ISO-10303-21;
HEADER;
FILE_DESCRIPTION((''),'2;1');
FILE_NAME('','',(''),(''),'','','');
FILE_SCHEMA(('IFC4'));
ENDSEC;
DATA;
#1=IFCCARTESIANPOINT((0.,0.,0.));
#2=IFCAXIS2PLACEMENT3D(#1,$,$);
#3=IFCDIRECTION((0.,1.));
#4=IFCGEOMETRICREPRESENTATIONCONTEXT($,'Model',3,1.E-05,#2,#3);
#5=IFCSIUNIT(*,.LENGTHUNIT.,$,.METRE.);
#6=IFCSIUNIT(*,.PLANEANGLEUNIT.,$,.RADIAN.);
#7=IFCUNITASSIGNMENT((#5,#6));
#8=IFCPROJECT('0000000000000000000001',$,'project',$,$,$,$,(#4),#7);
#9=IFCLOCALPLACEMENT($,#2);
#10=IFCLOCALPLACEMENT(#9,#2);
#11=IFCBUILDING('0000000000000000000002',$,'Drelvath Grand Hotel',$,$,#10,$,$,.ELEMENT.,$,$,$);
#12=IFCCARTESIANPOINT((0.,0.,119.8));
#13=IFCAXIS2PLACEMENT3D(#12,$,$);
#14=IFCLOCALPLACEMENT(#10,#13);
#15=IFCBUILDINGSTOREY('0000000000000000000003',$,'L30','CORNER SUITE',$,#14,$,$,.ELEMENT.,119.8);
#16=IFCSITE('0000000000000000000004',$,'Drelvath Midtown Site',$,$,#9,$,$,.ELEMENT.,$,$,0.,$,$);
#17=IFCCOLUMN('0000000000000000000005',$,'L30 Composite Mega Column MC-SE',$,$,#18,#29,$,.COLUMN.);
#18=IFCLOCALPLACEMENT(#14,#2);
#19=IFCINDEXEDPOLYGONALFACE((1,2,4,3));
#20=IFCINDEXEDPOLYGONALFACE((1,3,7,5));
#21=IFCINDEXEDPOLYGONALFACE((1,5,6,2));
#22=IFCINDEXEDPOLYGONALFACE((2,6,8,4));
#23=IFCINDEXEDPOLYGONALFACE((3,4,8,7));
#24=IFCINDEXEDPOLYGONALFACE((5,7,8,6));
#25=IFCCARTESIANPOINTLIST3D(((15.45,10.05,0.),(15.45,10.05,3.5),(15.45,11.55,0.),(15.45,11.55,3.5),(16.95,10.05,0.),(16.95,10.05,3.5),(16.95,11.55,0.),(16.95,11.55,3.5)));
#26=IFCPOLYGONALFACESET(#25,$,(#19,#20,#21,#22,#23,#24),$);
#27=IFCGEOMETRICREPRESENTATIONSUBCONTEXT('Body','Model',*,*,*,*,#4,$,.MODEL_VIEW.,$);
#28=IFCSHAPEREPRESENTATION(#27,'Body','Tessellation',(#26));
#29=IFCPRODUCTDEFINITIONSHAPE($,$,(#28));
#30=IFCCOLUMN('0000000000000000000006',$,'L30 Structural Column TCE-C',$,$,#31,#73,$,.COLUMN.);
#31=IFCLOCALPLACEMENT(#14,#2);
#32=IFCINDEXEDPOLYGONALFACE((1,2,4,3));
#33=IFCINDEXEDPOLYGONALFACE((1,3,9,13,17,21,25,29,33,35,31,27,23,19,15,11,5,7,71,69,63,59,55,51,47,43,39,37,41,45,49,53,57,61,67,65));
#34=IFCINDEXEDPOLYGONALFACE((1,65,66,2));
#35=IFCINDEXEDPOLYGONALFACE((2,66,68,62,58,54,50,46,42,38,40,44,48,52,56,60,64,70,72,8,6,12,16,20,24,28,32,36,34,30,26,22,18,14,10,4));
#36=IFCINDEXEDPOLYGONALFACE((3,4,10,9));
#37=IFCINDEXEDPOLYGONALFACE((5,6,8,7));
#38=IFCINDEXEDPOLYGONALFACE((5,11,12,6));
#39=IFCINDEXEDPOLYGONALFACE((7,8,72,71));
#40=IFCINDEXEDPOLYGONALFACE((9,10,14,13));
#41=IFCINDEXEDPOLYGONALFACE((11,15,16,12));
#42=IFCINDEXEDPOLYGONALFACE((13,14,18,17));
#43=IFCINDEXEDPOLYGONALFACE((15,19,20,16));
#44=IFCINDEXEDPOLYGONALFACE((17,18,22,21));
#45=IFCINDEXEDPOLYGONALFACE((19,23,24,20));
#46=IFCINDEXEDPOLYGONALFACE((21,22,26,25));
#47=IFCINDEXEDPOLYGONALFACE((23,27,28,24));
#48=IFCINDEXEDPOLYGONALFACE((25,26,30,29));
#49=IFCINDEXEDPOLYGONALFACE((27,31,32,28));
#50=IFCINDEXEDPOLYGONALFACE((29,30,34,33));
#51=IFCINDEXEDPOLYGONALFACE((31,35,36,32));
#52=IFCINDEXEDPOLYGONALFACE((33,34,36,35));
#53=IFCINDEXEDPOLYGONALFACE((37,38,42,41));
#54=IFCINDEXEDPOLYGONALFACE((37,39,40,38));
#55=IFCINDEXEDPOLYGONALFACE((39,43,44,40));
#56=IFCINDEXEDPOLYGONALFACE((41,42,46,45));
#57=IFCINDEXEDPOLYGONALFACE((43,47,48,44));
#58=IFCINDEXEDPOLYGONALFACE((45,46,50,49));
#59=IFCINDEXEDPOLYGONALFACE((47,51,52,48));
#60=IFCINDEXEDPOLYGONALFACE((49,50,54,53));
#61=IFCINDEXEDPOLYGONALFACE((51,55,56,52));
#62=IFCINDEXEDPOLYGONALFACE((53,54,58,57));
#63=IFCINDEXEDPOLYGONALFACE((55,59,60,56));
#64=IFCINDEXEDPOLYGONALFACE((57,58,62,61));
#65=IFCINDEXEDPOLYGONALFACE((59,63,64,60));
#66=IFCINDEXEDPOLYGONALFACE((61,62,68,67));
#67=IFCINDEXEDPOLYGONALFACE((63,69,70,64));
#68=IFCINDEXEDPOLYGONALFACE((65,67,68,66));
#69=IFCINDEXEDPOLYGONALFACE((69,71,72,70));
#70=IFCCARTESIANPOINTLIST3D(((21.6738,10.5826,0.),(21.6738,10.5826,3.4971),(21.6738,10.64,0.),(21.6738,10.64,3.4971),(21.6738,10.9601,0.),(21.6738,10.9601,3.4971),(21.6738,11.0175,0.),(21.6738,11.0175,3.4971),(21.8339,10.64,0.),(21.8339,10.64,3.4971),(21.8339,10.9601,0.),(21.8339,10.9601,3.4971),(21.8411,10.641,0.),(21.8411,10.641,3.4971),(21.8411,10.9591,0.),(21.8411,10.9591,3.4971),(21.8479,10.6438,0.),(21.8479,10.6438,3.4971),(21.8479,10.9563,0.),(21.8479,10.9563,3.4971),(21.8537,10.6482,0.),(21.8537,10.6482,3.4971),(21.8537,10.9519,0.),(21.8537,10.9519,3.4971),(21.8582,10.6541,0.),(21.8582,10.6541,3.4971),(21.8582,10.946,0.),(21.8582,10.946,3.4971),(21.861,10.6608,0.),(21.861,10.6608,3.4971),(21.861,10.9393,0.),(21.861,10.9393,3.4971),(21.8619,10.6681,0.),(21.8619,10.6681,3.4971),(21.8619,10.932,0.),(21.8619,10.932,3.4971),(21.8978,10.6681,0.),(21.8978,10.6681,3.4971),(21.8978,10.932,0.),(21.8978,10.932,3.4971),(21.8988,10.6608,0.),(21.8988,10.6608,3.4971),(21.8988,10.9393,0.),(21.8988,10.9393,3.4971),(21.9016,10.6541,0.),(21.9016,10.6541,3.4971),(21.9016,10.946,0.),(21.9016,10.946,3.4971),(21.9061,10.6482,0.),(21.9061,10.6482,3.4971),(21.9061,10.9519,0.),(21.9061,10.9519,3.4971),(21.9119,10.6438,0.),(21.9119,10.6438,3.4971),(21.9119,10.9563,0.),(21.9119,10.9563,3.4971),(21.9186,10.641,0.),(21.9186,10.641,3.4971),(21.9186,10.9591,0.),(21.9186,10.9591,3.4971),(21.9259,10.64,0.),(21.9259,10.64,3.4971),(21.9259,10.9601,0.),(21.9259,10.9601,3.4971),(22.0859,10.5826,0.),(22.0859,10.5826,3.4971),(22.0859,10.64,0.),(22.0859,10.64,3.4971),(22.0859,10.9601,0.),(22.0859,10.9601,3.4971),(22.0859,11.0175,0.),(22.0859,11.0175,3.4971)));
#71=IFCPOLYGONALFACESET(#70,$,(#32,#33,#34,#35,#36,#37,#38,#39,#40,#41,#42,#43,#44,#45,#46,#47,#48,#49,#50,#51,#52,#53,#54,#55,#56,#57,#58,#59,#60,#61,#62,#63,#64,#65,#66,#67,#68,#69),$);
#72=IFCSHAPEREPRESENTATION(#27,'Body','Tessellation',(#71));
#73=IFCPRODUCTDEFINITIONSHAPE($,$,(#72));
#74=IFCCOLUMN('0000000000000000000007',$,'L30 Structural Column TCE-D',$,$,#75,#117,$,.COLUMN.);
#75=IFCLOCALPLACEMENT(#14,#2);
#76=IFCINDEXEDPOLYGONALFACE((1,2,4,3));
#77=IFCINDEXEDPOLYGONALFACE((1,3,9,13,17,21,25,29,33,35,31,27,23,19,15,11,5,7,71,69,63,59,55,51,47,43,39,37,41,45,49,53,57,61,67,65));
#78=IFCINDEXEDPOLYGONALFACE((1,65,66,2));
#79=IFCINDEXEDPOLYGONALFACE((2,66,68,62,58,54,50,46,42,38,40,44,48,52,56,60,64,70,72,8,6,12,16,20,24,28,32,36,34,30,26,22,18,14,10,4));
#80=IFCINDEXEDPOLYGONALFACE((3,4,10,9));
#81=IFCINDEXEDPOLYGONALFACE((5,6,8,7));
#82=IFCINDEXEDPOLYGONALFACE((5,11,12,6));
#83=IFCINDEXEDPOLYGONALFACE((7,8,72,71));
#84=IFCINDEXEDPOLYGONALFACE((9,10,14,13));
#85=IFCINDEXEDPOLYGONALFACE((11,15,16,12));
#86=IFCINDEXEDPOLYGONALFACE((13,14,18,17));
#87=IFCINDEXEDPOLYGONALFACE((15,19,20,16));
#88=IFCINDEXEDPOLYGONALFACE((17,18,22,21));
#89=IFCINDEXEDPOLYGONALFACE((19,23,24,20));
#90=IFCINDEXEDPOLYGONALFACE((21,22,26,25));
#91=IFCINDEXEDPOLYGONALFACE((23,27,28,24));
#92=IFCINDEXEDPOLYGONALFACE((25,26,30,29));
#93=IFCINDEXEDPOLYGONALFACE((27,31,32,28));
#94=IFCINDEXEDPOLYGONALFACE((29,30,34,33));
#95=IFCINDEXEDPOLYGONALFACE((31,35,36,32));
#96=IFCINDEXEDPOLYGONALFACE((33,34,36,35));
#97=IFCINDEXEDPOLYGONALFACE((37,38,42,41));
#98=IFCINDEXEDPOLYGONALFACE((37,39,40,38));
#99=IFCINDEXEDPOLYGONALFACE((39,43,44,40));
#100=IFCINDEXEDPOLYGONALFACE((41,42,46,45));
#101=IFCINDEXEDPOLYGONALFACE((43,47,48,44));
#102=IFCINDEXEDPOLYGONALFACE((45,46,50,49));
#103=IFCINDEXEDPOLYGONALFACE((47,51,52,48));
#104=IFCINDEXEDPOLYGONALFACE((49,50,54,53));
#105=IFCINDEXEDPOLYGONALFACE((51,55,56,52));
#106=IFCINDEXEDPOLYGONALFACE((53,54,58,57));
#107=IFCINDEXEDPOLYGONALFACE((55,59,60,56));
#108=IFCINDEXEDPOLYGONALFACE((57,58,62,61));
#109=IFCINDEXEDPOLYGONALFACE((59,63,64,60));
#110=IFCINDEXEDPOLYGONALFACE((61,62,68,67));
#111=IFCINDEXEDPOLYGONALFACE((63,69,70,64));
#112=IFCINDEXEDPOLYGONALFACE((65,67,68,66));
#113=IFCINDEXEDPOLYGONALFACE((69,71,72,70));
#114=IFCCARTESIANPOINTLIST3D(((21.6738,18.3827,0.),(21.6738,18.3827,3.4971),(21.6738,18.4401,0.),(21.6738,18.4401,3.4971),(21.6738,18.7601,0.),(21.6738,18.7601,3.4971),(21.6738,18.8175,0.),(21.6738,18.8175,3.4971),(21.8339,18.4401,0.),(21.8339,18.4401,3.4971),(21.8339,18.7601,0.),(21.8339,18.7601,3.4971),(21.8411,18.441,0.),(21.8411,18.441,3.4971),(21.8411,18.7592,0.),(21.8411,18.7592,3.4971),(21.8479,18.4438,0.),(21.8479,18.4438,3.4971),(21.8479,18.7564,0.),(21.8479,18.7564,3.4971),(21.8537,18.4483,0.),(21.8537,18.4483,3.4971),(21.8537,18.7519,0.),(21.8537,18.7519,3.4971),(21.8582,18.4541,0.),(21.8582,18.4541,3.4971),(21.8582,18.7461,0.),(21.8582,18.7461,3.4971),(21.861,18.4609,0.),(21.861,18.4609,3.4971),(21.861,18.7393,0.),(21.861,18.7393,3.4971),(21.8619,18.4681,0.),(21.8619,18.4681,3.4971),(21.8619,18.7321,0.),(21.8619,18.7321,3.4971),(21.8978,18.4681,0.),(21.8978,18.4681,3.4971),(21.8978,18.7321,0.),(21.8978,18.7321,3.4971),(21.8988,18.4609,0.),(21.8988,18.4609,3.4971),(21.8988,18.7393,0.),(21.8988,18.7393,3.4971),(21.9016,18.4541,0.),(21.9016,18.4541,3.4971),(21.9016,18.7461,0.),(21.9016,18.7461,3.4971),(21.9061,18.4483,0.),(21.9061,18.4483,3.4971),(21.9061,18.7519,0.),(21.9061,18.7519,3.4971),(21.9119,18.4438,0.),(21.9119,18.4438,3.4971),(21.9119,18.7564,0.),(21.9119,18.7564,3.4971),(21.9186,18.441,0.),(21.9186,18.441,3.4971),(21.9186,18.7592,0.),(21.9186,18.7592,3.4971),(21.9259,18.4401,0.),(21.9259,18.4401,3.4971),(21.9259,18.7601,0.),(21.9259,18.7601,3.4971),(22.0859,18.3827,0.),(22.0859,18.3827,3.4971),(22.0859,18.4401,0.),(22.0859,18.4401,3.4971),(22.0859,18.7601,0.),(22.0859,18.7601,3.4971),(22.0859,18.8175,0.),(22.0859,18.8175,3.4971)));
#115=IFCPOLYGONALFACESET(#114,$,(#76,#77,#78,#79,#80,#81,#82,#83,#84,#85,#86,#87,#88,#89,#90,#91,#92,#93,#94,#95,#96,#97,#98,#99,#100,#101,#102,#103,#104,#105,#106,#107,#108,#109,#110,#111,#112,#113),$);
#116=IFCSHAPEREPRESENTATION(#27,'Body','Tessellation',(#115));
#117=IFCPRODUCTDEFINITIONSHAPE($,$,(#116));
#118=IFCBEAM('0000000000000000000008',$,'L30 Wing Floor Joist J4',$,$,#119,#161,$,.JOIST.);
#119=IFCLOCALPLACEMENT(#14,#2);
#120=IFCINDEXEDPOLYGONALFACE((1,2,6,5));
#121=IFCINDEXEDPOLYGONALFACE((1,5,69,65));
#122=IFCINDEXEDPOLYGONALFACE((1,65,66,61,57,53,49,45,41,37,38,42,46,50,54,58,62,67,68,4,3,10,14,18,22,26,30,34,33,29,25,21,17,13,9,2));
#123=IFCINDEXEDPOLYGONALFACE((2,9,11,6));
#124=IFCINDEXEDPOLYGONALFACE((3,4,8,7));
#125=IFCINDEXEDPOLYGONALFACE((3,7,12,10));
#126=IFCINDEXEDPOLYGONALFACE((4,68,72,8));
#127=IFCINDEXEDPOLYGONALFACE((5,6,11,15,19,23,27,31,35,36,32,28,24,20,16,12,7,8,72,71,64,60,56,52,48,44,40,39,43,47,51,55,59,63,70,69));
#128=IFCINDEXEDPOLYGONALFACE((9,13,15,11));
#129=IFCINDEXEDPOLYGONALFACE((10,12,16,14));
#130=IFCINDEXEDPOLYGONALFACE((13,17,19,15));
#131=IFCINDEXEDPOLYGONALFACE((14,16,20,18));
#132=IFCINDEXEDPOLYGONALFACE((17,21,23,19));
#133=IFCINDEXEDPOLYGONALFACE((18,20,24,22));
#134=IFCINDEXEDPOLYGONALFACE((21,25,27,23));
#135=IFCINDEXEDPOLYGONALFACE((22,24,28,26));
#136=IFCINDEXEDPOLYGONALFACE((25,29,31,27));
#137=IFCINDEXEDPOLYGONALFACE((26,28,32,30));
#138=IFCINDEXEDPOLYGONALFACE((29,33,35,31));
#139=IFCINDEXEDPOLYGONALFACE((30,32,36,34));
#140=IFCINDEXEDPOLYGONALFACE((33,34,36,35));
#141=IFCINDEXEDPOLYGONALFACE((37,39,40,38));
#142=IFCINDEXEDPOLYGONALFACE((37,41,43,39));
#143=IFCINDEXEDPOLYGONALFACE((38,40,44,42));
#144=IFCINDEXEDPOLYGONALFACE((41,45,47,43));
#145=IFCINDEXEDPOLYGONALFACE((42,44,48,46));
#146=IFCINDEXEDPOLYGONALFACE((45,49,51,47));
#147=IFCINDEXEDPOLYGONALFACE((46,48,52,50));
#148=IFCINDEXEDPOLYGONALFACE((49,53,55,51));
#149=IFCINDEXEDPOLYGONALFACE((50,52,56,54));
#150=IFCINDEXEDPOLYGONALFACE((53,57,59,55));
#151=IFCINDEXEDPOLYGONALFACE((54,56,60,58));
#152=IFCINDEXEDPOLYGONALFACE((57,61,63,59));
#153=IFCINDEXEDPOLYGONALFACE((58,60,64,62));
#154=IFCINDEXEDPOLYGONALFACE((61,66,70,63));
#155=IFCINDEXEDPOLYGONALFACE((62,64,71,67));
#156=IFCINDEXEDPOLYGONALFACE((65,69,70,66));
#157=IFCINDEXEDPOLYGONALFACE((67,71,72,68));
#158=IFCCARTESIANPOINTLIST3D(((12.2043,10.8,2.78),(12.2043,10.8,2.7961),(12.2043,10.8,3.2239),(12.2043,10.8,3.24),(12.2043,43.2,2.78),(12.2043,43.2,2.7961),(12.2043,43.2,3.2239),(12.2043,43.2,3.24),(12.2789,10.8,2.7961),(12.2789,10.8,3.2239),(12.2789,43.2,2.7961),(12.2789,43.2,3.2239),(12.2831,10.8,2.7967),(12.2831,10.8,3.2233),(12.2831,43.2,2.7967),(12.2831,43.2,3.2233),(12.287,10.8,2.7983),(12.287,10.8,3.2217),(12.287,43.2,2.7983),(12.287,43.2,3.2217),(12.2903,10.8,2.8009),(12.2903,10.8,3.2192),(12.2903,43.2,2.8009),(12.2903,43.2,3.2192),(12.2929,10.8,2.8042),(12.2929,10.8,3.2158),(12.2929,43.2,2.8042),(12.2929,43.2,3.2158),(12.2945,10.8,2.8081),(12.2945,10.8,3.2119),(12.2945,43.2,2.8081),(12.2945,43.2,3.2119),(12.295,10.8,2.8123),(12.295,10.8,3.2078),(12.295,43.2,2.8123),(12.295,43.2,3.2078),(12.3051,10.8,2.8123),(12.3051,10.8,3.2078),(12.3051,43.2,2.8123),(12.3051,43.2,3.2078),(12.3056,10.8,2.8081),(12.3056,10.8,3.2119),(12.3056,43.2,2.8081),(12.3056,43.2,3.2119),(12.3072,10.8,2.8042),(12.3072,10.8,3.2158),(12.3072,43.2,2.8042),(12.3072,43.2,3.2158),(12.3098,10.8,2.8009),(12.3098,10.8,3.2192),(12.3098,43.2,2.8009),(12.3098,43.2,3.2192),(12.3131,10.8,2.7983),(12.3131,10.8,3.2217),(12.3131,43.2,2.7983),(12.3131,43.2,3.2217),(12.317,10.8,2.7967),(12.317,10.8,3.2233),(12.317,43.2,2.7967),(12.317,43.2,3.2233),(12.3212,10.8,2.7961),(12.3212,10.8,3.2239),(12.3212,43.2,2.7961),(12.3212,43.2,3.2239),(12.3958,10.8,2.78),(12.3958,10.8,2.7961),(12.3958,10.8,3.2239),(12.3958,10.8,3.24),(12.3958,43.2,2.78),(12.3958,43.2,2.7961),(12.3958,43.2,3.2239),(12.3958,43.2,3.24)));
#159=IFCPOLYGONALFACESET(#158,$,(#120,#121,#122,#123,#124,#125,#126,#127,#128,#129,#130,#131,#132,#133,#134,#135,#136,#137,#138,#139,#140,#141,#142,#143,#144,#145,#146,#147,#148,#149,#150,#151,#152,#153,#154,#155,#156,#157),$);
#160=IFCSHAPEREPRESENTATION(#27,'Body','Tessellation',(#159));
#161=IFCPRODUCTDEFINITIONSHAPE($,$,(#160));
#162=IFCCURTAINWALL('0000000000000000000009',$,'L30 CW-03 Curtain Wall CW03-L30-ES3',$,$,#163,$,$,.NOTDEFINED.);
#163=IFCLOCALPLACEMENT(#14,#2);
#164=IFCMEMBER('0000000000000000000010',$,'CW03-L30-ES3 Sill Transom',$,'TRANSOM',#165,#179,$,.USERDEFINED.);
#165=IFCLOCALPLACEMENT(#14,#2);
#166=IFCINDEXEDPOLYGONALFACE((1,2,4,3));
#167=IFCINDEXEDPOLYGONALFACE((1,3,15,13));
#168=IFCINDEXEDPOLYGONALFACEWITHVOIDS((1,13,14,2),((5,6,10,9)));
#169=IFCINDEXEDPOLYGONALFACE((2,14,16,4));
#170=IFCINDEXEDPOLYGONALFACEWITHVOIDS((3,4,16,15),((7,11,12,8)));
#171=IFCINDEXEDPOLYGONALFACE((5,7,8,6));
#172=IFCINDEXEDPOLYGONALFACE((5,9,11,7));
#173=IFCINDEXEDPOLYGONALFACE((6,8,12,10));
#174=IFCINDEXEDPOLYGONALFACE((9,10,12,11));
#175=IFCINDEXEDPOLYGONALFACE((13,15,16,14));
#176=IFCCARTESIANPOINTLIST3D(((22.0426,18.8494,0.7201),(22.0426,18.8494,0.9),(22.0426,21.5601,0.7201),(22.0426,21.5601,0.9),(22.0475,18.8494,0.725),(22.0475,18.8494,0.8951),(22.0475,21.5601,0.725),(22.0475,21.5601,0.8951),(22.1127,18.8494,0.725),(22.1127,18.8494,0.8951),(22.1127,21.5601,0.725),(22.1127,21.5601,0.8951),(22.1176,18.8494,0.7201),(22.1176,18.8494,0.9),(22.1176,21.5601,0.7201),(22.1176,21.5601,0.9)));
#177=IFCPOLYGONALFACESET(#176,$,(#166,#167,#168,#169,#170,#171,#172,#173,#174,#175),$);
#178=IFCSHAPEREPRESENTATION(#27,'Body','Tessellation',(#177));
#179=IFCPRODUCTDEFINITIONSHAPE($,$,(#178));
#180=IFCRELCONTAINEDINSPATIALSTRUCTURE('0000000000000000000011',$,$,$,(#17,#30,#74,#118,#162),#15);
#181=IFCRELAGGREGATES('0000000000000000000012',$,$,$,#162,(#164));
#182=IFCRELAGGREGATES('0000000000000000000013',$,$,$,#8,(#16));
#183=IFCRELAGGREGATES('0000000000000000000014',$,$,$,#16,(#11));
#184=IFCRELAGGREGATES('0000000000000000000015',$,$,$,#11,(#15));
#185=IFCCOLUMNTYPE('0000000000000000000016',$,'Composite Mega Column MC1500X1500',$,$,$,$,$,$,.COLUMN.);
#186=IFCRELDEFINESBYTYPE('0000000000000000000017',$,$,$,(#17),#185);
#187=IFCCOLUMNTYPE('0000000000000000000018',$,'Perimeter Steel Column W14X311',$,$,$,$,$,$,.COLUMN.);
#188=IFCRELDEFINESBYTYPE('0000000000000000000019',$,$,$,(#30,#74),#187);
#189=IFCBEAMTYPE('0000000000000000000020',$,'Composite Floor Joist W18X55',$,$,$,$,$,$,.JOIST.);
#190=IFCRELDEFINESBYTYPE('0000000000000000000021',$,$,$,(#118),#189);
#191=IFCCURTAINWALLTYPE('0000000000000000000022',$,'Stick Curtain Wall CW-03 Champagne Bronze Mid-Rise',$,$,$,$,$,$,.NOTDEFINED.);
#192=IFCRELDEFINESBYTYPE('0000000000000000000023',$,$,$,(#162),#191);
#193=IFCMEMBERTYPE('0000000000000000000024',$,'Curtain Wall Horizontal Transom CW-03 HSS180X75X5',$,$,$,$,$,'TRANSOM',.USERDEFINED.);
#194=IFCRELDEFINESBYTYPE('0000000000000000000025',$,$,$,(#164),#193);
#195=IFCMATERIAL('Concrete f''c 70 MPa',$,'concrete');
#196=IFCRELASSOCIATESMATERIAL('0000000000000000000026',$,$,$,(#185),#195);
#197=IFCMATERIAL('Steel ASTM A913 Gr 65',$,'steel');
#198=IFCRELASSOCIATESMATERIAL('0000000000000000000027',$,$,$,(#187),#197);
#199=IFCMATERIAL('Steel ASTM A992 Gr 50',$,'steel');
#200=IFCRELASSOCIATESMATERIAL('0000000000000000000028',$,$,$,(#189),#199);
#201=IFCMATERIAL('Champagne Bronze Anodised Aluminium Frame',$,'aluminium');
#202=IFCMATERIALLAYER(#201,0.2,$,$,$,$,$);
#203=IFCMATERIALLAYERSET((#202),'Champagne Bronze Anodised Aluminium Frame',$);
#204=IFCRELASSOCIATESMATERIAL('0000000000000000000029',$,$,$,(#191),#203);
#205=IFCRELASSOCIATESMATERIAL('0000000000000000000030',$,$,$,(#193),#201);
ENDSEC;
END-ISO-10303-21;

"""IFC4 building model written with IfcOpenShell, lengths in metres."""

from ifc_helpers import new_model, si_unit, direction, frame, origin, origin_2d, place, context, subcontext, project, spatial, rectangle, hollow_rectangle, i_section, extrude, material, layer, layer_set, material_profile, profile_set, type_object, element, aggregate, save


model = new_model("IFC4")

# Units and contexts
model_context = context("Model", 3, precision=1e-05, world=origin(), true_north=direction((0.0, 1.0)))
body_context = subcontext(model_context, "Body", "Model", "MODEL_VIEW")
ifc_project = project(units=[si_unit("LENGTHUNIT", "METRE"), si_unit("PLANEANGLEUNIT", "RADIAN")], contexts=[model_context])

# Site, building, storey
site_placement = place(None, origin())
site = spatial("IfcSite", under=ifc_project, at=site_placement, Name="Drelvath Midtown Site", CompositionType="ELEMENT", RefElevation=0.0)
building_placement = place(site_placement, origin())
building = spatial("IfcBuilding", under=site, at=building_placement, Name="Drelvath Grand Hotel", CompositionType="ELEMENT")
storey_placement = place(building_placement, frame((0.0, 0.0, 119.8)))
storey = spatial("IfcBuildingStorey", under=building, at=storey_placement, Name="L30", Description="CORNER SUITE", CompositionType="ELEMENT", Elevation=119.8)

# Columns
ifc_material_1 = material(Name="Concrete f'c 70 MPa", Category="concrete")
ifc_material_profile_1 = material_profile(ifc_material_1, rectangle(XDim=1.5, YDim=1.5, at=origin_2d()), Name="MC1500X1500")
ifc_profile_set_1 = profile_set([ifc_material_profile_1], Name="Concrete f'c 70 MPa")
column_type_1 = type_object("IfcColumnType", Name="Composite Mega Column MC1500X1500", PredefinedType="COLUMN", material=ifc_profile_set_1)
column_placement = place(storey_placement, frame((16.2, 10.8, 0.0), z_axis=(0.0, 0.0, 1.0), x_axis=(1.0, 0.0, 0.0)))
element("IfcColumn", 1, at=column_placement, inside=storey, type_object=column_type_1, Name="L30 Composite Mega Column MC-SE", PredefinedType="COLUMN", context=body_context, shape_type="SweptSolid", body=[
    extrude(rectangle(XDim=1.5, YDim=1.5, at=origin_2d()), origin(), (0.0, 0.0, 1.0), 3.5),
])
ifc_material_2 = material(Name="Steel ASTM A913 Gr 65", Category="steel")
ifc_material_profile_2 = material_profile(ifc_material_2, i_section(OverallWidth=0.4121, OverallDepth=0.4348, WebThickness=0.0359, FlangeThickness=0.0574, FilletRadius=0.0281, at=origin_2d()), Name="W14X311")
ifc_profile_set_2 = profile_set([ifc_material_profile_2], Name="Steel ASTM A913 Gr 65")
column_type_2 = type_object("IfcColumnType", Name="Perimeter Steel Column W14X311", PredefinedType="COLUMN", material=ifc_profile_set_2)
for number, where, z_axis, x_axis, name in (
    (2, (21.8799, 10.8, 0.0), (0.0, 0.0, 1.0), (1.0, 0.0, 0.0), "L30 Structural Column TCE-C"),
    (3, (21.8799, 18.6001, 0.0), (0.0, 0.0, 1.0), (1.0, 0.0, 0.0), "L30 Structural Column TCE-D"),
):
    element("IfcColumn", number, at=place(storey_placement, frame(where, z_axis=z_axis, x_axis=x_axis)), inside=storey, type_object=column_type_2, Name=name, PredefinedType="COLUMN", context=body_context, shape_type="SweptSolid", body=[
        extrude(i_section(OverallWidth=0.4121, OverallDepth=0.4348, WebThickness=0.0359, FlangeThickness=0.0574, FilletRadius=0.0281, at=origin_2d()), origin(), (0.0, 0.0, 1.0), 3.4971),
    ])

# Beam
ifc_material_3 = material(Name="Steel ASTM A992 Gr 50", Category="steel")
ifc_material_profile_3 = material_profile(ifc_material_3, i_section(OverallWidth=0.1914, OverallDepth=0.46, WebThickness=0.01, FlangeThickness=0.0161, FilletRadius=0.0161, at=origin_2d()), Name="W18X55")
ifc_profile_set_3 = profile_set([ifc_material_profile_3], Name="Steel ASTM A992 Gr 50")
beam_type_1 = type_object("IfcBeamType", Name="Composite Floor Joist W18X55", PredefinedType="JOIST", material=ifc_profile_set_3)
beam_1_placement = place(storey_placement, frame((12.3, 10.8, 3.01), z_axis=(0.0, 1.0, 0.0), x_axis=(-1.0, 0.0, 0.0)))
element("IfcBeam", 4, at=beam_1_placement, inside=storey, type_object=beam_type_1, Name="L30 Wing Floor Joist J4", PredefinedType="JOIST", context=body_context, shape_type="SweptSolid", body=[
    extrude(i_section(OverallWidth=0.1914, OverallDepth=0.46, WebThickness=0.01, FlangeThickness=0.0161, FilletRadius=0.0161, at=origin_2d()), origin(), (0.0, 0.0, 1.0), 32.3999),
])

# Curtain wall, member
ifc_material_4 = material(Name="Champagne Bronze Anodised Aluminium Frame", Category="aluminium")
ifc_layer_1 = layer(ifc_material_4, 0.2)
ifc_layer_set_1 = layer_set([ifc_layer_1], Name="Champagne Bronze Anodised Aluminium Frame")
curtain_wall_type = type_object("IfcCurtainWallType", Name="Stick Curtain Wall CW-03 Champagne Bronze Mid-Rise", PredefinedType="NOTDEFINED", material=ifc_layer_set_1)
curtain_wall_1_placement = place(storey_placement, origin())
curtain_wall_1 = element("IfcCurtainWall", 5, at=curtain_wall_1_placement, inside=storey, type_object=curtain_wall_type, Name="L30 CW-03 Curtain Wall CW03-L30-ES3", PredefinedType="NOTDEFINED")
ifc_material_profile_4 = material_profile(ifc_material_4, hollow_rectangle(XDim=0.075, YDim=0.1799, WallThickness=0.0049, at=origin_2d()), Name="HSS180X75X5")
ifc_profile_set_4 = profile_set([ifc_material_profile_4], Name="Champagne Bronze Anodised Aluminium Frame")
member_type_1 = type_object("IfcMemberType", Name="Curtain Wall Horizontal Transom CW-03 HSS180X75X5", ElementType="TRANSOM", PredefinedType="USERDEFINED", material=ifc_profile_set_4)
member_1_placement = place(storey_placement, frame((22.0801, 21.5601, 0.8101), z_axis=(0.0, -1.0, 0.0), x_axis=(1.0, 0.0, 0.0)))
member_1 = element("IfcMember", 6, at=member_1_placement, type_object=member_type_1, Name="CW03-L30-ES3 Sill Transom", ObjectType="TRANSOM", PredefinedType="USERDEFINED", context=body_context, shape_type="SweptSolid", body=[
    extrude(hollow_rectangle(XDim=0.075, YDim=0.1799, WallThickness=0.0049, at=origin_2d()), origin(), (0.0, 0.0, 1.0), 2.7107),
])

aggregate(curtain_wall_1, [member_1])

save(model, "model.ifc")
